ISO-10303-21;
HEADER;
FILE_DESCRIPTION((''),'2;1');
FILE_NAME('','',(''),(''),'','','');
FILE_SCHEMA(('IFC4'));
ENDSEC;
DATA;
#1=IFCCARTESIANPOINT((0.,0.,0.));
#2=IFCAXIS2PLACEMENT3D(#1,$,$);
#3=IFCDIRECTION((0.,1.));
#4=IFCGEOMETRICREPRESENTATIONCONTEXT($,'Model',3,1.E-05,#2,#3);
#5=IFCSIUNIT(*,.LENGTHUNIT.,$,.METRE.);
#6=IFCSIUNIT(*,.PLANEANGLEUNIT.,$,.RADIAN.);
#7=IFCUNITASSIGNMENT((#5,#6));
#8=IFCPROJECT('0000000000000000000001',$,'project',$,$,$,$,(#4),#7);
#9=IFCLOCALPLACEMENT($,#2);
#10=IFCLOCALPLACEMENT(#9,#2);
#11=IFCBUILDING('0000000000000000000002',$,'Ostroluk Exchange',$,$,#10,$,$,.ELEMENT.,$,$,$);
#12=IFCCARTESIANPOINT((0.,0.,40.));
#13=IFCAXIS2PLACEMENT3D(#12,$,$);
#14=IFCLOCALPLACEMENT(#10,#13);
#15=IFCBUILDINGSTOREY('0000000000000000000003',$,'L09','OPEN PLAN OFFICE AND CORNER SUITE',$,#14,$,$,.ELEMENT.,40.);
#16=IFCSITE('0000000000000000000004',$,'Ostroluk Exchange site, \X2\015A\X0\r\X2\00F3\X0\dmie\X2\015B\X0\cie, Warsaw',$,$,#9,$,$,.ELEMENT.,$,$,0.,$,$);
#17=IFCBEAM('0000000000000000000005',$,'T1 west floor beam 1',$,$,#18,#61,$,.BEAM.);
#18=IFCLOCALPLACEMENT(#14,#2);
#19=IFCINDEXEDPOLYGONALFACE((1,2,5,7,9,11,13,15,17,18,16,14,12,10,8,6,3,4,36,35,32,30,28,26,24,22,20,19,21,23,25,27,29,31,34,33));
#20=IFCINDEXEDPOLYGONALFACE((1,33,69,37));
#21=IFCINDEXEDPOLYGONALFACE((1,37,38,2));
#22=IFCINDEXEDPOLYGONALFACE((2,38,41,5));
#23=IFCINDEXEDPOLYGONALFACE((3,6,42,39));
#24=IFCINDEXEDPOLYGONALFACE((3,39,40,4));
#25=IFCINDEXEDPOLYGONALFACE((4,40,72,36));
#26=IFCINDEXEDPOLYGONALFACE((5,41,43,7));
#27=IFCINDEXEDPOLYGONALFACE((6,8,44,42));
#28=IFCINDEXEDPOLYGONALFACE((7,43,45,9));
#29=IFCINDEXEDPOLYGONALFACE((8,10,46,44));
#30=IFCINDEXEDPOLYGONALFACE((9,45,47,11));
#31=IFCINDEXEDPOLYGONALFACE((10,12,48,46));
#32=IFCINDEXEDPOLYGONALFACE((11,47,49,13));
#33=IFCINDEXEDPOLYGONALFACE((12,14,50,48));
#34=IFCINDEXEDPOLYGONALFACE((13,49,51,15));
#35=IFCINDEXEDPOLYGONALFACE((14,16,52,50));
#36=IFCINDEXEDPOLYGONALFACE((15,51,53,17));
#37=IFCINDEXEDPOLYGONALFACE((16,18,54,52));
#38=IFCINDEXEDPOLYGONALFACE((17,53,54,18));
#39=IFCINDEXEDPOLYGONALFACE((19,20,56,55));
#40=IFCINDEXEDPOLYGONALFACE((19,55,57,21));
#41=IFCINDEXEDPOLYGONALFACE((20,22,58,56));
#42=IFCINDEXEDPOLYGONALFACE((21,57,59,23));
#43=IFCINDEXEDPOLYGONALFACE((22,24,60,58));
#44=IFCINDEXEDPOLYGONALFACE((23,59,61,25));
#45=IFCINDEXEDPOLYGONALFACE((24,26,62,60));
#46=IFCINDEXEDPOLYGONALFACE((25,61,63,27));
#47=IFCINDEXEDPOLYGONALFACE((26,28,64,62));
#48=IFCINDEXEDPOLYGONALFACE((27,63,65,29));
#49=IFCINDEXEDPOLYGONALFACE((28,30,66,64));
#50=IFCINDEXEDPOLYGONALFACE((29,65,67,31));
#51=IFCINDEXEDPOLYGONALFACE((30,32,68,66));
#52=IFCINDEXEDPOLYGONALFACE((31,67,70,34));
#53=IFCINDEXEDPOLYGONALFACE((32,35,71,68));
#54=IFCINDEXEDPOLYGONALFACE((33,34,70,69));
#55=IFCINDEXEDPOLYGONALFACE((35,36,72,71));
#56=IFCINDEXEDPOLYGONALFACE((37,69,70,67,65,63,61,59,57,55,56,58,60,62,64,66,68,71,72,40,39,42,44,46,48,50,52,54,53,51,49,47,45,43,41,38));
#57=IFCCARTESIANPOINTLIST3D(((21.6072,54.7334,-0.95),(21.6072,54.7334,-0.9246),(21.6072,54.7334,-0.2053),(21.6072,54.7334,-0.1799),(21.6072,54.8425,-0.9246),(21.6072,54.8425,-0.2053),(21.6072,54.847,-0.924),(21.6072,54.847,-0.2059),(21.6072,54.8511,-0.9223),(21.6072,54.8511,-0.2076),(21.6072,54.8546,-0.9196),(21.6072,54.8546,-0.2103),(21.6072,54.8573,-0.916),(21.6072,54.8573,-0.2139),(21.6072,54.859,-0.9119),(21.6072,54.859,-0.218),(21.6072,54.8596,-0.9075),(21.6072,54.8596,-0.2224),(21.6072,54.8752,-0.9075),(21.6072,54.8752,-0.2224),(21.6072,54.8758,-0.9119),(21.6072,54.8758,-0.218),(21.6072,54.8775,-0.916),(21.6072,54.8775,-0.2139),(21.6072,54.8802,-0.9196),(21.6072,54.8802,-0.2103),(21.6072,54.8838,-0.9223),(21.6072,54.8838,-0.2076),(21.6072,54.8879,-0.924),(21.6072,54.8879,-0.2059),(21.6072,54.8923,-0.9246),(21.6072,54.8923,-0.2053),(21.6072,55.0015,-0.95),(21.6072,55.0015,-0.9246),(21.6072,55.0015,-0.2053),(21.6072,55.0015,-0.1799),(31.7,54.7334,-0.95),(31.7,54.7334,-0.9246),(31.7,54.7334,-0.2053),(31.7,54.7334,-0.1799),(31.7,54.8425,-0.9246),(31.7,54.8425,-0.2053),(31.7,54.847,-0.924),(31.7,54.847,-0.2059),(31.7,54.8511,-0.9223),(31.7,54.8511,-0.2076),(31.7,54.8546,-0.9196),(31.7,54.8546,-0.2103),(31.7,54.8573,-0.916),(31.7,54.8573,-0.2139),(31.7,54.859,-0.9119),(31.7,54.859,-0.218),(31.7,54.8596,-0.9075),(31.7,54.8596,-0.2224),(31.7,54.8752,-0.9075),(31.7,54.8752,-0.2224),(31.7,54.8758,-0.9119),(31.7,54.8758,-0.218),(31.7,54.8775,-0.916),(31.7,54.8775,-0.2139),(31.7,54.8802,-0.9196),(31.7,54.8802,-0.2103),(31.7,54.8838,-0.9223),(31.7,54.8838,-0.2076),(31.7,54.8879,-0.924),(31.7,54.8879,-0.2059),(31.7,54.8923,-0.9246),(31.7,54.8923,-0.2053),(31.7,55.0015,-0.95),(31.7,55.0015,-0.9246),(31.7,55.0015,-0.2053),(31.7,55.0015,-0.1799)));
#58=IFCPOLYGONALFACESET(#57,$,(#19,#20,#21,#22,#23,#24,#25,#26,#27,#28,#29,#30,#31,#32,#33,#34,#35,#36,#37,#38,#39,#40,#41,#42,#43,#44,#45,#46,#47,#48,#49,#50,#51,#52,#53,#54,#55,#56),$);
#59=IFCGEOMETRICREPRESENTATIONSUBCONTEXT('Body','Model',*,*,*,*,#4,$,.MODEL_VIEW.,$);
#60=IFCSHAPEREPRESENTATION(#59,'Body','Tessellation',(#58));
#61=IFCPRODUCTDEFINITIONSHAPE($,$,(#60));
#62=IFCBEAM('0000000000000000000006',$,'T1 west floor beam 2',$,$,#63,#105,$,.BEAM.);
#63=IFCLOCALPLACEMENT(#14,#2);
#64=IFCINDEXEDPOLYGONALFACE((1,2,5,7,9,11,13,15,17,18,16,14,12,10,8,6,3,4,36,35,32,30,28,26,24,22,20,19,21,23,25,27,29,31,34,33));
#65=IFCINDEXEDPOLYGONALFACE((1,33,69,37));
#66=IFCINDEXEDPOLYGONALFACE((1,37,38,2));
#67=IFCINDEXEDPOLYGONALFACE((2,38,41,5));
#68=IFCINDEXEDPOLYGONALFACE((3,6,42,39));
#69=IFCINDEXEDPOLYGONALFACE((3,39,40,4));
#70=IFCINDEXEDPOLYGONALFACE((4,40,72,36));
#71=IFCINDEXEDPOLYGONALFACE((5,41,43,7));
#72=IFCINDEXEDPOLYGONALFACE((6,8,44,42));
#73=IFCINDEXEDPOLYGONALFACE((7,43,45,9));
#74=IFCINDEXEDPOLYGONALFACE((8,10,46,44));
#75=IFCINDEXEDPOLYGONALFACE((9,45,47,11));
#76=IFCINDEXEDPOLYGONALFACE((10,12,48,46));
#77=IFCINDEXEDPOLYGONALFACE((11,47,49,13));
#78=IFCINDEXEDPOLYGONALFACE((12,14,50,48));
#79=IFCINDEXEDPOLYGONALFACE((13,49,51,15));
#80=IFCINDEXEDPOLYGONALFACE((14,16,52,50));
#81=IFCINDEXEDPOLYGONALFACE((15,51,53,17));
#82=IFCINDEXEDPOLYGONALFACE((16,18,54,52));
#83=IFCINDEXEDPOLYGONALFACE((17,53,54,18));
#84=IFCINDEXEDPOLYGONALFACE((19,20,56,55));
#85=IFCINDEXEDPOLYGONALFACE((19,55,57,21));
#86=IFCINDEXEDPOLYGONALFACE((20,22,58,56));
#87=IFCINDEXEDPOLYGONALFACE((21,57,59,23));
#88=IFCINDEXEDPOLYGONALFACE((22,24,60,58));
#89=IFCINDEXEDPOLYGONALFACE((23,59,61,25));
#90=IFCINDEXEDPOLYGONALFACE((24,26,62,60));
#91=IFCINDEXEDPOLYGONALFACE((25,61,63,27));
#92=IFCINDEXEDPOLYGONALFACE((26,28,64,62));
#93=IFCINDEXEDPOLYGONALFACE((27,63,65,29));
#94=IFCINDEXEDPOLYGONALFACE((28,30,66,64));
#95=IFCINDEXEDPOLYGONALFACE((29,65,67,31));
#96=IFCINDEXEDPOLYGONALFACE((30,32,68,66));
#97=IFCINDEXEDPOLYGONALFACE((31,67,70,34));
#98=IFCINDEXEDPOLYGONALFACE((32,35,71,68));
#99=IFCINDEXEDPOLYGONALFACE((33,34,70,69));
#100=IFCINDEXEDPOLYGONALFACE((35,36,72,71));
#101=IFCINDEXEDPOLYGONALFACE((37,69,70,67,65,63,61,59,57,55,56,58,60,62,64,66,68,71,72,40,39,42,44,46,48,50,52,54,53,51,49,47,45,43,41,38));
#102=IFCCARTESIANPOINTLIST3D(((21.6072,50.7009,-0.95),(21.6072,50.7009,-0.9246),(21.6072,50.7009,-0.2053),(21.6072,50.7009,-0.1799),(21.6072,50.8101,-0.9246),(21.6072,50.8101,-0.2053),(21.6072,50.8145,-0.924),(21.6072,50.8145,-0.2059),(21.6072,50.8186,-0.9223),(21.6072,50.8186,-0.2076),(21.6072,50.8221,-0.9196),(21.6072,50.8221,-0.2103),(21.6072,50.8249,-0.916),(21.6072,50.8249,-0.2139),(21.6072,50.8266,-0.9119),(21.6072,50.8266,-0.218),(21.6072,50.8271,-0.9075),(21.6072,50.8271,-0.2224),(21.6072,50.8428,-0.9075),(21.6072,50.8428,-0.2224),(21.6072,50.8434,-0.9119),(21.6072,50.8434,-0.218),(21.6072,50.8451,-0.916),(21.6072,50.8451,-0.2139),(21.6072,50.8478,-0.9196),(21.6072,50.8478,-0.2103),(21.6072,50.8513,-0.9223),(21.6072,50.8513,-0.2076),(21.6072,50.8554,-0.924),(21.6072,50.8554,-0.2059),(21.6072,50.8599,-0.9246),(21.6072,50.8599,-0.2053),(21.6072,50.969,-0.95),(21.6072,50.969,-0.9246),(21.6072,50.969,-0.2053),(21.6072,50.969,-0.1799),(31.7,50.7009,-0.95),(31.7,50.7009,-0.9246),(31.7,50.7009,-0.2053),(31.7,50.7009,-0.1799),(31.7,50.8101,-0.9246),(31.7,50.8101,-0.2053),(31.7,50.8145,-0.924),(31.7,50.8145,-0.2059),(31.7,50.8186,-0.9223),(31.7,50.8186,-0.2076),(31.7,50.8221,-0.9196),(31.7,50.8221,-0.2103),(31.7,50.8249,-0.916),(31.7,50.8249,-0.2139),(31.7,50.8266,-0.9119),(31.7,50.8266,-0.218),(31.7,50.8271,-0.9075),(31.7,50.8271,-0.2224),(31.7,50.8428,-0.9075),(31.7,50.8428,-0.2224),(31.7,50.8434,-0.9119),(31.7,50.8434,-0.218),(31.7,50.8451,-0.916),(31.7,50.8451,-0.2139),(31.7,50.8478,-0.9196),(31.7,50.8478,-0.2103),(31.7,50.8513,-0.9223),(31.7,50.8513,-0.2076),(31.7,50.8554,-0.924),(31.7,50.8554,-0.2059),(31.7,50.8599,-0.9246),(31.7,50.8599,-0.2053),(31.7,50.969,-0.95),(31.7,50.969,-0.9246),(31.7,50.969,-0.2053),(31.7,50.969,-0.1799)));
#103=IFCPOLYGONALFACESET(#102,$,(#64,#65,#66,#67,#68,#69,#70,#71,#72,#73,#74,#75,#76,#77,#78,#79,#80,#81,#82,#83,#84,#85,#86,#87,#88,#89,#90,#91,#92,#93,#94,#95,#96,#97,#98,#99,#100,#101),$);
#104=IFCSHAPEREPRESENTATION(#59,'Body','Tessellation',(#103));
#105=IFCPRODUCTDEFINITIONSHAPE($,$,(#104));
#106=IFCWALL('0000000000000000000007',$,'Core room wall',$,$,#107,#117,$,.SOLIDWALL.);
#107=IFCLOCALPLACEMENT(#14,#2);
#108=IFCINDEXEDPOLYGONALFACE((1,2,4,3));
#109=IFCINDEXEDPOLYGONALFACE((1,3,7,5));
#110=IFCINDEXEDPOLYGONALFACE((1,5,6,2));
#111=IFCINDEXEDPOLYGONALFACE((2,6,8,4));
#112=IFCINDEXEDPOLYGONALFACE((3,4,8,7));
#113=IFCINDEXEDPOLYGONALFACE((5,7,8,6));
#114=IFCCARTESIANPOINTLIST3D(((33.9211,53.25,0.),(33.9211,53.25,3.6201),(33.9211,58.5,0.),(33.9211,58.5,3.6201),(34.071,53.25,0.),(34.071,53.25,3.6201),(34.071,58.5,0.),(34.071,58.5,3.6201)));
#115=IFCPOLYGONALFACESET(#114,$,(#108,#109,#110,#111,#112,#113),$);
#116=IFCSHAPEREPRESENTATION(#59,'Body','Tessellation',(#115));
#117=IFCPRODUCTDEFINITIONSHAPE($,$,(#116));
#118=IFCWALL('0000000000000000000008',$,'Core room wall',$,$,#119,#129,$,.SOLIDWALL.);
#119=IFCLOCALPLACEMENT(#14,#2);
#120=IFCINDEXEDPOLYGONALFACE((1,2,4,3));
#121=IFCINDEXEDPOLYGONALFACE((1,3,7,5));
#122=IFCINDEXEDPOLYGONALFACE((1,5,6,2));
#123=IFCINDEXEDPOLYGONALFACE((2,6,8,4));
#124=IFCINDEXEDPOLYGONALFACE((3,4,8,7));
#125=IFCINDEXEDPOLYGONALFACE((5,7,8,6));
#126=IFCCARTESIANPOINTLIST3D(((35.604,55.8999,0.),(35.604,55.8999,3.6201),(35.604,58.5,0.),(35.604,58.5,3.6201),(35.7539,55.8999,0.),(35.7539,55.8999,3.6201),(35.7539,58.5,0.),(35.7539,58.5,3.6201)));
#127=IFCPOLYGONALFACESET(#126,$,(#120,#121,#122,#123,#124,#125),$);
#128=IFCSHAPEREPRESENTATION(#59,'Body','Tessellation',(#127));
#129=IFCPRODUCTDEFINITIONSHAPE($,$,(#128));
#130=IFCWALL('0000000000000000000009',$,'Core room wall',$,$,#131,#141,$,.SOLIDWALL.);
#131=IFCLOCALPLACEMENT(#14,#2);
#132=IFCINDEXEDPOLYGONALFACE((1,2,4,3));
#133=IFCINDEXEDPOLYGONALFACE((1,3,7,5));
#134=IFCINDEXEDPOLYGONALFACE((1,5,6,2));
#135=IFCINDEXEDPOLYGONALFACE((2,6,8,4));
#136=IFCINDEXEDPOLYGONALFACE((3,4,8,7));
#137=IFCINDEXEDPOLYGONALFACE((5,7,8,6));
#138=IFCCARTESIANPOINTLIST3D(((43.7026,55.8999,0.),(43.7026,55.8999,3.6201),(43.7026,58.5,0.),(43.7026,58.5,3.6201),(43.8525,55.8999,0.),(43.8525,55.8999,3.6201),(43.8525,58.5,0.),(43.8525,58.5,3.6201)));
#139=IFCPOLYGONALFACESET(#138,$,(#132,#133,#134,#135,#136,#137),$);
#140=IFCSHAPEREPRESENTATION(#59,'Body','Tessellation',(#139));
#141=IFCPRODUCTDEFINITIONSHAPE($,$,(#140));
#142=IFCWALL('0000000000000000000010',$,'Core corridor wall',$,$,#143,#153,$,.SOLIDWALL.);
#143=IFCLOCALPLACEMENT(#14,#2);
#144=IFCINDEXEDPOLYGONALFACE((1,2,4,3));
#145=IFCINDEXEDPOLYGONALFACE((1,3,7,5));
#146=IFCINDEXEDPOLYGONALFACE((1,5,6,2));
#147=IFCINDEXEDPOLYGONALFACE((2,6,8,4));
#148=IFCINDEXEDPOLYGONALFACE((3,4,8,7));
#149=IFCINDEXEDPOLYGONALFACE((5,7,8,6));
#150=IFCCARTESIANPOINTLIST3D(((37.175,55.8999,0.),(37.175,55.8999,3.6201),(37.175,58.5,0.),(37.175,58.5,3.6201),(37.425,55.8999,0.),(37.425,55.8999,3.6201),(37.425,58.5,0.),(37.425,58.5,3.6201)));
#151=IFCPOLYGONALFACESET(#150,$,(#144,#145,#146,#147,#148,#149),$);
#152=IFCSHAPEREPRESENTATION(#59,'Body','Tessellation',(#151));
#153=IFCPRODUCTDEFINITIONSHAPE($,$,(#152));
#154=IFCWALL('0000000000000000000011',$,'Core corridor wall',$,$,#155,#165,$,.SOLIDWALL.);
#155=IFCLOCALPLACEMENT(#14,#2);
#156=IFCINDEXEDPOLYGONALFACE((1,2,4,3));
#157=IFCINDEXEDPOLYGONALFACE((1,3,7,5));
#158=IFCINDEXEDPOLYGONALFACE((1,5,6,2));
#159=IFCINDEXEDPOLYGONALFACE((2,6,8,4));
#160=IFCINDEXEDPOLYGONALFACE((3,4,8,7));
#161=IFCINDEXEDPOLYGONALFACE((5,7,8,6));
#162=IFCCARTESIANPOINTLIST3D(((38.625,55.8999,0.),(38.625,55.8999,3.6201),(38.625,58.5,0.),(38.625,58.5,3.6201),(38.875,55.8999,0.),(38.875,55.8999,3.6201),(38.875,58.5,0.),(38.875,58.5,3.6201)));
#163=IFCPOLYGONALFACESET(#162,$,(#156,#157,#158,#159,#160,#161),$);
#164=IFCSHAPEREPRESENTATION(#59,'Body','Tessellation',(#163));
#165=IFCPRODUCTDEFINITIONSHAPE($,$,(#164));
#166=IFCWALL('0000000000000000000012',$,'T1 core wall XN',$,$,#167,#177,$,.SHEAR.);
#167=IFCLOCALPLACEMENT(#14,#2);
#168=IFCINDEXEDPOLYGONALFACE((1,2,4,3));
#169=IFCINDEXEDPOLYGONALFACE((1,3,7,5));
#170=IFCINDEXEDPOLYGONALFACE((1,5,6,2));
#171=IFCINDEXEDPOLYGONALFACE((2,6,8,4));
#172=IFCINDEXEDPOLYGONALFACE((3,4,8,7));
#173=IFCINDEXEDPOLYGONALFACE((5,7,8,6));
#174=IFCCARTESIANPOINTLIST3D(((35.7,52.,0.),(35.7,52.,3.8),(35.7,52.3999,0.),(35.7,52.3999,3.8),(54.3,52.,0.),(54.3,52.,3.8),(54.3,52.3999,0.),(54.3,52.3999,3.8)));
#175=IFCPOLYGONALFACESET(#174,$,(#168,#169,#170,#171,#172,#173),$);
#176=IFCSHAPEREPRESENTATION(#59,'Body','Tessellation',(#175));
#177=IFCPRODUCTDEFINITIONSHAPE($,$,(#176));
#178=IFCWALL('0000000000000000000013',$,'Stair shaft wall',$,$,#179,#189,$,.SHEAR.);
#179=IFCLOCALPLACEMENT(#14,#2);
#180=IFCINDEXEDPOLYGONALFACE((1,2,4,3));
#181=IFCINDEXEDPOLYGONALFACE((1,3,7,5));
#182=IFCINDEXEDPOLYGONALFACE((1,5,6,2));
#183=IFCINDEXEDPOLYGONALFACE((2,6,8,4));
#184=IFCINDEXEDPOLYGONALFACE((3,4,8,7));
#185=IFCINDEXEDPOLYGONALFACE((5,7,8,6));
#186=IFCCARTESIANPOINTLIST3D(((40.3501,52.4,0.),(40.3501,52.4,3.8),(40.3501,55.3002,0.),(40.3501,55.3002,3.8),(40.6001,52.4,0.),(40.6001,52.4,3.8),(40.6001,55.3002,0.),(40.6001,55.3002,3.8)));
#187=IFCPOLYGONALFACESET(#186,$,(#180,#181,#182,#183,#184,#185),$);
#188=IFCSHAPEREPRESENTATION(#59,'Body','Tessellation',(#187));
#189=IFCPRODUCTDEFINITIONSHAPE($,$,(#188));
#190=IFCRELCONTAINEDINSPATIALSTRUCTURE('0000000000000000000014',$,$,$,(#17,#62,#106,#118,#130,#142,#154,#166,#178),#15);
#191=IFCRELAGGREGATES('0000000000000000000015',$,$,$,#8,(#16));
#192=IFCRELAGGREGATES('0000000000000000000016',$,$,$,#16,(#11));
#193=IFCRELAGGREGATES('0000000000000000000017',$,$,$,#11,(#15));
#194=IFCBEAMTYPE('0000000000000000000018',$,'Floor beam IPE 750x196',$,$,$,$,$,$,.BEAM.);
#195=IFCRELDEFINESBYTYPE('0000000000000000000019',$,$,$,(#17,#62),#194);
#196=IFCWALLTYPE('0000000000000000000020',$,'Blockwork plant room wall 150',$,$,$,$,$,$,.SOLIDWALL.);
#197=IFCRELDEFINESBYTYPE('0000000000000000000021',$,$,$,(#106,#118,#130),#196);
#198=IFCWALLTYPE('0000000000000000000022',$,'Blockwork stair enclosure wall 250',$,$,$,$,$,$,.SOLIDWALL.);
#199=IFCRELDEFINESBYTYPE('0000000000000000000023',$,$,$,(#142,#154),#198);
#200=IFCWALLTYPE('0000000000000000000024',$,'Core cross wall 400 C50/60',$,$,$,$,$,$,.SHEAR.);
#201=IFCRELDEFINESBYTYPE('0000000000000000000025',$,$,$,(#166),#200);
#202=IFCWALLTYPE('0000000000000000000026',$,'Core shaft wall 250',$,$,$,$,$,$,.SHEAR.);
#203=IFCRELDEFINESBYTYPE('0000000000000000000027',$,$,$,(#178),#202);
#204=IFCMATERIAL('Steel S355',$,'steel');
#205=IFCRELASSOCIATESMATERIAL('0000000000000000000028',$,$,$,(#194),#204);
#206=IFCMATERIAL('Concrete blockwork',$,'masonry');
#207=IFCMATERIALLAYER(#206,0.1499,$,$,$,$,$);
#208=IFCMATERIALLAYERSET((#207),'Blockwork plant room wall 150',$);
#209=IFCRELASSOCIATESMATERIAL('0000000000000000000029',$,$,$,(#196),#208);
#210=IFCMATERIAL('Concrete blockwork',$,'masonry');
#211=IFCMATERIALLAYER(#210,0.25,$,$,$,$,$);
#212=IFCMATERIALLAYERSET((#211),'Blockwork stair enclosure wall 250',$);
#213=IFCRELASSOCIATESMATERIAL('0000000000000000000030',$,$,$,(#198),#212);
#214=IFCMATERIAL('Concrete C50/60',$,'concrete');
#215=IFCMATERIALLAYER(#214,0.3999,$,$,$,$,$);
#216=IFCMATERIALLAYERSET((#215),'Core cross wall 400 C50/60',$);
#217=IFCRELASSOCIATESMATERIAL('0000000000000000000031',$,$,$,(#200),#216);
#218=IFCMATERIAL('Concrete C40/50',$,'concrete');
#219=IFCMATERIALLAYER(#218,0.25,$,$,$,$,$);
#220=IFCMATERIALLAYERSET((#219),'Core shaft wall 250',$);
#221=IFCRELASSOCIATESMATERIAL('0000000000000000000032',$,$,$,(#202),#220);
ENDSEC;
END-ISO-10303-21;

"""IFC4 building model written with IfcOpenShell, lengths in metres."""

from ifc_helpers import new_model, si_unit, direction, frame, frame_2d, origin, origin_2d, place, context, subcontext, project, spatial, rectangle, i_section, extrude, material, layer, layer_set, material_profile, profile_set, type_object, element, save


model = new_model("IFC4")

# Units and contexts
model_context = context("Model", 3, precision=1e-05, world=origin(), true_north=direction((0.0, 1.0)))
body_context = subcontext(model_context, "Body", "Model", "MODEL_VIEW")
ifc_project = project(units=[si_unit("LENGTHUNIT", "METRE"), si_unit("PLANEANGLEUNIT", "RADIAN")], contexts=[model_context])

# Site, building, storey
site_placement = place(None, origin())
site = spatial("IfcSite", under=ifc_project, at=site_placement, Name="Ostroluk Exchange site, Śródmieście, Warsaw", CompositionType="ELEMENT", RefElevation=0.0)
building_placement = place(site_placement, origin())
building = spatial("IfcBuilding", under=site, at=building_placement, Name="Ostroluk Exchange", CompositionType="ELEMENT")
storey_placement = place(building_placement, frame((0.0, 0.0, 40.0)))
storey = spatial("IfcBuildingStorey", under=building, at=storey_placement, Name="L09", Description="OPEN PLAN OFFICE AND CORNER SUITE", CompositionType="ELEMENT", Elevation=40.0)

# Beams
ifc_material_1 = material(Name="Steel S355", Category="steel")
ifc_material_profile = material_profile(ifc_material_1, i_section(OverallWidth=0.2681, OverallDepth=0.77, WebThickness=0.0156, FlangeThickness=0.0254, FilletRadius=0.0171, at=origin_2d()), Name="IPE 750x196")
ifc_profile_set = profile_set([ifc_material_profile], Name="Steel S355")
beam_type = type_object("IfcBeamType", Name="Floor beam IPE 750x196", PredefinedType="BEAM", material=ifc_profile_set)
for number, where, z_axis, x_axis, name in (
    (1, (31.7, 54.8674, -0.5649), (-1.0, 0.0, 0.0), (0.0, -1.0, 0.0), "T1 west floor beam 1"),
    (2, (31.7, 50.835, -0.5649), (-1.0, 0.0, 0.0), (0.0, -1.0, 0.0), "T1 west floor beam 2"),
):
    element("IfcBeam", number, at=place(storey_placement, frame(where, z_axis=z_axis, x_axis=x_axis)), inside=storey, type_object=beam_type, Name=name, PredefinedType="BEAM", context=body_context, shape_type="SweptSolid", body=[
        extrude(i_section(OverallWidth=0.2681, OverallDepth=0.77, WebThickness=0.0156, FlangeThickness=0.0254, FilletRadius=0.0171, at=origin_2d()), origin(), (0.0, 0.0, 1.0), 10.0928),
    ])

# Walls
ifc_material_2 = material(Name="Concrete blockwork", Category="masonry")
ifc_layer_1 = layer(ifc_material_2, 0.1499)
ifc_layer_set_1 = layer_set([ifc_layer_1], Name="Blockwork plant room wall 150")
wall_type_1 = type_object("IfcWallType", Name="Blockwork plant room wall 150", PredefinedType="SOLIDWALL", material=ifc_layer_set_1)
wall_1_placement = place(storey_placement, frame((33.9961, 53.25, 0.0), z_axis=(0.0, 0.0, 1.0), x_axis=(0.0, 1.0, 0.0)))
element("IfcWall", 3, at=wall_1_placement, inside=storey, type_object=wall_type_1, Name="Core room wall", PredefinedType="SOLIDWALL", context=body_context, shape_type="SweptSolid", body=[
    extrude(rectangle(XDim=5.25, YDim=0.1499, at=frame_2d((2.625, 0.0))), origin(), (0.0, 0.0, 1.0), 3.6201),
])
for number, where, z_axis, x_axis, name in (
    (4, (35.679, 55.8999, 0.0), (0.0, 0.0, 1.0), (0.0, 1.0, 0.0), "Core room wall"),
    (5, (43.7776, 55.8999, 0.0), (0.0, 0.0, 1.0), (0.0, 1.0, 0.0), "Core room wall"),
):
    element("IfcWall", number, at=place(storey_placement, frame(where, z_axis=z_axis, x_axis=x_axis)), inside=storey, type_object=wall_type_1, Name=name, PredefinedType="SOLIDWALL", context=body_context, shape_type="SweptSolid", body=[
        extrude(rectangle(XDim=2.6001, YDim=0.1499, at=frame_2d((1.3, 0.0))), origin(), (0.0, 0.0, 1.0), 3.6201),
    ])
ifc_material_3 = material(Name="Concrete blockwork", Category="masonry")
ifc_layer_2 = layer(ifc_material_3, 0.25)
ifc_layer_set_2 = layer_set([ifc_layer_2], Name="Blockwork stair enclosure wall 250")
wall_type_2 = type_object("IfcWallType", Name="Blockwork stair enclosure wall 250", PredefinedType="SOLIDWALL", material=ifc_layer_set_2)
for number, where, z_axis, x_axis, name in (
    (6, (37.3, 55.8999, 0.0), (0.0, 0.0, 1.0), (0.0, 1.0, 0.0), "Core corridor wall"),
    (7, (38.75, 55.8999, 0.0), (0.0, 0.0, 1.0), (0.0, 1.0, 0.0), "Core corridor wall"),
):
    element("IfcWall", number, at=place(storey_placement, frame(where, z_axis=z_axis, x_axis=x_axis)), inside=storey, type_object=wall_type_2, Name=name, PredefinedType="SOLIDWALL", context=body_context, shape_type="SweptSolid", body=[
        extrude(rectangle(XDim=2.6001, YDim=0.25, at=frame_2d((1.3, 0.0))), origin(), (0.0, 0.0, 1.0), 3.6201),
    ])
ifc_material_4 = material(Name="Concrete C50/60", Category="concrete")
ifc_layer_3 = layer(ifc_material_4, 0.3999)
ifc_layer_set_3 = layer_set([ifc_layer_3], Name="Core cross wall 400 C50/60")
wall_type_3 = type_object("IfcWallType", Name="Core cross wall 400 C50/60", PredefinedType="SHEAR", material=ifc_layer_set_3)
wall_2_placement = place(storey_placement, frame((35.7, 52.2, 0.0), z_axis=(0.0, 0.0, 1.0), x_axis=(1.0, 0.0, 0.0)))
element("IfcWall", 8, at=wall_2_placement, inside=storey, type_object=wall_type_3, Name="T1 core wall XN", PredefinedType="SHEAR", context=body_context, shape_type="SweptSolid", body=[
    extrude(rectangle(XDim=18.6001, YDim=0.3999, at=frame_2d((9.3, 0.0))), origin(), (0.0, 0.0, 1.0), 3.8),
])
ifc_material_5 = material(Name="Concrete C40/50", Category="concrete")
ifc_layer_4 = layer(ifc_material_5, 0.25)
ifc_layer_set_4 = layer_set([ifc_layer_4], Name="Core shaft wall 250")
wall_type_4 = type_object("IfcWallType", Name="Core shaft wall 250", PredefinedType="SHEAR", material=ifc_layer_set_4)
wall_3_placement = place(storey_placement, frame((40.4751, 52.3999, 0.0), z_axis=(0.0, 0.0, 1.0), x_axis=(0.0, 1.0, 0.0)))
element("IfcWall", 9, at=wall_3_placement, inside=storey, type_object=wall_type_4, Name="Stair shaft wall", PredefinedType="SHEAR", context=body_context, shape_type="SweptSolid", body=[
    extrude(rectangle(XDim=2.9001, YDim=0.25, at=frame_2d((1.4502, 0.0))), origin(), (0.0, 0.0, 1.0), 3.8),
])

save(model, "model.ifc")
